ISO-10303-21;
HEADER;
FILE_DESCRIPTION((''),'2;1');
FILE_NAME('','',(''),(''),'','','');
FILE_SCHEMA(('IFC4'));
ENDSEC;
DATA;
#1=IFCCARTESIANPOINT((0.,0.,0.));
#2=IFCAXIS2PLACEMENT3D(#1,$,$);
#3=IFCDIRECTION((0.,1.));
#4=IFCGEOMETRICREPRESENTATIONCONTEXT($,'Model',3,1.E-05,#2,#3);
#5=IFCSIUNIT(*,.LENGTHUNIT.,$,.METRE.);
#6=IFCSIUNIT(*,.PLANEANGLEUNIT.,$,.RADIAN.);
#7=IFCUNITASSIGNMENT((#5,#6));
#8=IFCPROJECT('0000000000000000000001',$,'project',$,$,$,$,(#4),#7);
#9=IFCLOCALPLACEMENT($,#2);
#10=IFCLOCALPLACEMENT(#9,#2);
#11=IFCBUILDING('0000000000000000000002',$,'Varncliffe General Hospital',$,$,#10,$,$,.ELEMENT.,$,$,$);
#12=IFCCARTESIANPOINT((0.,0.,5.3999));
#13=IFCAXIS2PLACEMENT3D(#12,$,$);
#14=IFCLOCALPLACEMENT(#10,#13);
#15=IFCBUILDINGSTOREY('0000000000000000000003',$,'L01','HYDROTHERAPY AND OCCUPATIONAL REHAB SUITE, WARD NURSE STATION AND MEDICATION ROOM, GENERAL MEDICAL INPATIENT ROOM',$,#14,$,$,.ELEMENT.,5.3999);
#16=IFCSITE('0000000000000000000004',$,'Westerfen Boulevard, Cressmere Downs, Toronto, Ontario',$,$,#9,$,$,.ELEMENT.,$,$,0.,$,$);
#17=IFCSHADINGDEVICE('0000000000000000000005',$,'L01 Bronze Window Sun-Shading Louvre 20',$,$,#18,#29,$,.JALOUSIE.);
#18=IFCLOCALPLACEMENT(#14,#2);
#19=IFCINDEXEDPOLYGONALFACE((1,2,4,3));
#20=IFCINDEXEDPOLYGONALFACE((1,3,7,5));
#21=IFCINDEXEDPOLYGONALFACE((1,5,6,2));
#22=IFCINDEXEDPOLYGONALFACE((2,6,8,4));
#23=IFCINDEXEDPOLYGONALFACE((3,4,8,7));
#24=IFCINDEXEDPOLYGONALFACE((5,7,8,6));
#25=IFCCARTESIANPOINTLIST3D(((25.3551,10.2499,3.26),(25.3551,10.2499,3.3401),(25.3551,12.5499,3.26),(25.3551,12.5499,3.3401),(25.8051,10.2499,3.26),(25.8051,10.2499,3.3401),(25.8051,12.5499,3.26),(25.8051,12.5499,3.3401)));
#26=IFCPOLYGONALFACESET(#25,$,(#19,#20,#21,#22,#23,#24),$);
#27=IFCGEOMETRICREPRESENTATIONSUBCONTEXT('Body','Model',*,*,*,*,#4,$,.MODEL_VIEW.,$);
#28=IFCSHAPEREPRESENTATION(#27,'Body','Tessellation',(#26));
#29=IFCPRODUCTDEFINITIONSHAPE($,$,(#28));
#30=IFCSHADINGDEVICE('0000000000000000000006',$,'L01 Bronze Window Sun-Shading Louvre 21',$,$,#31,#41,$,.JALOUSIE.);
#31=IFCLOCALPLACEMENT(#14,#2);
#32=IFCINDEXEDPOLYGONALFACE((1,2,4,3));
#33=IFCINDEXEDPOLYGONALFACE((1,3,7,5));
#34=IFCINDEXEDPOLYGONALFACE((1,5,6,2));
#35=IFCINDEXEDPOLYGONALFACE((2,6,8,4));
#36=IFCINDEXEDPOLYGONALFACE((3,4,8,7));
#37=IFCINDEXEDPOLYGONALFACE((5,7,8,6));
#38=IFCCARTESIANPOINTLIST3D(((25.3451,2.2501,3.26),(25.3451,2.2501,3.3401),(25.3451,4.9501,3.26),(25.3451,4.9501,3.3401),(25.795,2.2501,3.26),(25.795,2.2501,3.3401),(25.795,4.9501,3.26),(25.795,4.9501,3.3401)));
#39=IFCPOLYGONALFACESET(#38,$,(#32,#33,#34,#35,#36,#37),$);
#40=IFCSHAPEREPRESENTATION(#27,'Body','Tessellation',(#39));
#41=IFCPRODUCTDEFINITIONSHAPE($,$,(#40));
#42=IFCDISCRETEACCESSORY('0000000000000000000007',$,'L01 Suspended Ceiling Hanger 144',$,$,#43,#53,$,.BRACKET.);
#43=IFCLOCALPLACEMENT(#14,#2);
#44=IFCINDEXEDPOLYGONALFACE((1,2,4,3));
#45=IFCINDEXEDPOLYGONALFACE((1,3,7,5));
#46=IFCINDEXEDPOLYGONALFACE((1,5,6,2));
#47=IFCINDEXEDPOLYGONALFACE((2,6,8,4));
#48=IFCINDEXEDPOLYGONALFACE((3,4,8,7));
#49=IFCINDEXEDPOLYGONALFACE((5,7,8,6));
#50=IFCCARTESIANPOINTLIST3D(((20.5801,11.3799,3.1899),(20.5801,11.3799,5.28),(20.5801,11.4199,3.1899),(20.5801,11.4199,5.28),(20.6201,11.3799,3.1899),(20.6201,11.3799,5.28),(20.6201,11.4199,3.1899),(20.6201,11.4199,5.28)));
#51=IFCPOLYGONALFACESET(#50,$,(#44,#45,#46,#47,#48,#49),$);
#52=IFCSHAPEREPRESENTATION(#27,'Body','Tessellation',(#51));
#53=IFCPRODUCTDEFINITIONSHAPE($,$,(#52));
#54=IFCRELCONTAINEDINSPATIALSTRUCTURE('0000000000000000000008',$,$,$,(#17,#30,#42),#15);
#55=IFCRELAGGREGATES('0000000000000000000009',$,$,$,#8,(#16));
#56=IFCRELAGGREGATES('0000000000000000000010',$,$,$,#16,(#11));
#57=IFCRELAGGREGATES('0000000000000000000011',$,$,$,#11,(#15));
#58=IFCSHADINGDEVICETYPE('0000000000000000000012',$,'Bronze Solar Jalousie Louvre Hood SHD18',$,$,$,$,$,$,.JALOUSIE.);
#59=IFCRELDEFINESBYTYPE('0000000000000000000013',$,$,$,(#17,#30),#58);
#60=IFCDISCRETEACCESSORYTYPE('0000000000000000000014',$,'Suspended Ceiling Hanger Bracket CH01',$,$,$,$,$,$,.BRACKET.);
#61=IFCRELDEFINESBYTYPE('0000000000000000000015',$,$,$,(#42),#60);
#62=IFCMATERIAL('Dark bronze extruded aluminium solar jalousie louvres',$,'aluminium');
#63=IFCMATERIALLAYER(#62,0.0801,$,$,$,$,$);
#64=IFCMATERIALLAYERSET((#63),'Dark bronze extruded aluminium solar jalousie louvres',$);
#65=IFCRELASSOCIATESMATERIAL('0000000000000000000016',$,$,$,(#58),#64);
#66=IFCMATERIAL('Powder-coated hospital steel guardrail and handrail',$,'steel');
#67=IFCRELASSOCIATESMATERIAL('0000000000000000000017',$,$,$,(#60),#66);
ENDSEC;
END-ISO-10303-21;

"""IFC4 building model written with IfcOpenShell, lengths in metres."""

from ifc_helpers import new_model, si_unit, direction, frame, origin, origin_2d, place, context, subcontext, project, spatial, rectangle, extrude, material, layer, layer_set, type_object, element, save


model = new_model("IFC4")

# Units and contexts
model_context = context("Model", 3, precision=1e-05, world=origin(), true_north=direction((0.0, 1.0)))
body_context = subcontext(model_context, "Body", "Model", "MODEL_VIEW")
ifc_project = project(units=[si_unit("LENGTHUNIT", "METRE"), si_unit("PLANEANGLEUNIT", "RADIAN")], contexts=[model_context])

# Site, building, storey
site_placement = place(None, origin())
site = spatial("IfcSite", under=ifc_project, at=site_placement, Name="Westerfen Boulevard, Cressmere Downs, Toronto, Ontario", CompositionType="ELEMENT", RefElevation=0.0)
building_placement = place(site_placement, origin())
building = spatial("IfcBuilding", under=site, at=building_placement, Name="Varncliffe General Hospital", CompositionType="ELEMENT")
storey_placement = place(building_placement, frame((0.0, 0.0, 5.3999)))
storey = spatial("IfcBuildingStorey", under=building, at=storey_placement, Name="L01", Description="HYDROTHERAPY AND OCCUPATIONAL REHAB SUITE, WARD NURSE STATION AND MEDICATION ROOM, GENERAL MEDICAL INPATIENT ROOM", CompositionType="ELEMENT", Elevation=5.3999)

# Shading devices
ifc_material_1 = material(Name="Dark bronze extruded aluminium solar jalousie louvres", Category="aluminium")
ifc_layer_1 = layer(ifc_material_1, 0.0801)
ifc_layer_set_1 = layer_set([ifc_layer_1], Name="Dark bronze extruded aluminium solar jalousie louvres")
shading_device_type = type_object("IfcShadingDeviceType", Name="Bronze Solar Jalousie Louvre Hood SHD18", PredefinedType="JALOUSIE", material=ifc_layer_set_1)
shading_device_1_placement = place(storey_placement, frame((25.5801, 11.3999, 3.26), z_axis=(0.0, 0.0, 1.0), x_axis=(0.0, -1.0, 0.0)))
element("IfcShadingDevice", 1, at=shading_device_1_placement, inside=storey, type_object=shading_device_type, Name="L01 Bronze Window Sun-Shading Louvre 20", PredefinedType="JALOUSIE", context=body_context, shape_type="SweptSolid", body=[
    extrude(rectangle(XDim=2.3, YDim=0.45, at=origin_2d()), origin(), (0.0, 0.0, 1.0), 0.0801),
])
shading_device_2_placement = place(storey_placement, frame((25.5701, 3.6001, 3.26), z_axis=(0.0, 0.0, 1.0), x_axis=(0.0, -1.0, 0.0)))
element("IfcShadingDevice", 2, at=shading_device_2_placement, inside=storey, type_object=shading_device_type, Name="L01 Bronze Window Sun-Shading Louvre 21", PredefinedType="JALOUSIE", context=body_context, shape_type="SweptSolid", body=[
    extrude(rectangle(XDim=2.7, YDim=0.45, at=origin_2d()), origin(), (0.0, 0.0, 1.0), 0.0801),
])

# Discrete accessory
ifc_material_2 = material(Name="Powder-coated hospital steel guardrail and handrail", Category="steel")
discrete_accessory_type = type_object("IfcDiscreteAccessoryType", Name="Suspended Ceiling Hanger Bracket CH01", PredefinedType="BRACKET", material=ifc_material_2)
discrete_accessory_placement = place(storey_placement, frame((20.6001, 11.3999, 3.1899), z_axis=(0.0, 0.0, 1.0), x_axis=(1.0, 0.0, 0.0)))
element("IfcDiscreteAccessory", 3, at=discrete_accessory_placement, inside=storey, type_object=discrete_accessory_type, Name="L01 Suspended Ceiling Hanger 144", PredefinedType="BRACKET", context=body_context, shape_type="SweptSolid", body=[
    extrude(rectangle(XDim=0.04, YDim=0.04, at=origin_2d()), origin(), (0.0, 0.0, 1.0), 2.0901),
])

save(model, "model.ifc")
